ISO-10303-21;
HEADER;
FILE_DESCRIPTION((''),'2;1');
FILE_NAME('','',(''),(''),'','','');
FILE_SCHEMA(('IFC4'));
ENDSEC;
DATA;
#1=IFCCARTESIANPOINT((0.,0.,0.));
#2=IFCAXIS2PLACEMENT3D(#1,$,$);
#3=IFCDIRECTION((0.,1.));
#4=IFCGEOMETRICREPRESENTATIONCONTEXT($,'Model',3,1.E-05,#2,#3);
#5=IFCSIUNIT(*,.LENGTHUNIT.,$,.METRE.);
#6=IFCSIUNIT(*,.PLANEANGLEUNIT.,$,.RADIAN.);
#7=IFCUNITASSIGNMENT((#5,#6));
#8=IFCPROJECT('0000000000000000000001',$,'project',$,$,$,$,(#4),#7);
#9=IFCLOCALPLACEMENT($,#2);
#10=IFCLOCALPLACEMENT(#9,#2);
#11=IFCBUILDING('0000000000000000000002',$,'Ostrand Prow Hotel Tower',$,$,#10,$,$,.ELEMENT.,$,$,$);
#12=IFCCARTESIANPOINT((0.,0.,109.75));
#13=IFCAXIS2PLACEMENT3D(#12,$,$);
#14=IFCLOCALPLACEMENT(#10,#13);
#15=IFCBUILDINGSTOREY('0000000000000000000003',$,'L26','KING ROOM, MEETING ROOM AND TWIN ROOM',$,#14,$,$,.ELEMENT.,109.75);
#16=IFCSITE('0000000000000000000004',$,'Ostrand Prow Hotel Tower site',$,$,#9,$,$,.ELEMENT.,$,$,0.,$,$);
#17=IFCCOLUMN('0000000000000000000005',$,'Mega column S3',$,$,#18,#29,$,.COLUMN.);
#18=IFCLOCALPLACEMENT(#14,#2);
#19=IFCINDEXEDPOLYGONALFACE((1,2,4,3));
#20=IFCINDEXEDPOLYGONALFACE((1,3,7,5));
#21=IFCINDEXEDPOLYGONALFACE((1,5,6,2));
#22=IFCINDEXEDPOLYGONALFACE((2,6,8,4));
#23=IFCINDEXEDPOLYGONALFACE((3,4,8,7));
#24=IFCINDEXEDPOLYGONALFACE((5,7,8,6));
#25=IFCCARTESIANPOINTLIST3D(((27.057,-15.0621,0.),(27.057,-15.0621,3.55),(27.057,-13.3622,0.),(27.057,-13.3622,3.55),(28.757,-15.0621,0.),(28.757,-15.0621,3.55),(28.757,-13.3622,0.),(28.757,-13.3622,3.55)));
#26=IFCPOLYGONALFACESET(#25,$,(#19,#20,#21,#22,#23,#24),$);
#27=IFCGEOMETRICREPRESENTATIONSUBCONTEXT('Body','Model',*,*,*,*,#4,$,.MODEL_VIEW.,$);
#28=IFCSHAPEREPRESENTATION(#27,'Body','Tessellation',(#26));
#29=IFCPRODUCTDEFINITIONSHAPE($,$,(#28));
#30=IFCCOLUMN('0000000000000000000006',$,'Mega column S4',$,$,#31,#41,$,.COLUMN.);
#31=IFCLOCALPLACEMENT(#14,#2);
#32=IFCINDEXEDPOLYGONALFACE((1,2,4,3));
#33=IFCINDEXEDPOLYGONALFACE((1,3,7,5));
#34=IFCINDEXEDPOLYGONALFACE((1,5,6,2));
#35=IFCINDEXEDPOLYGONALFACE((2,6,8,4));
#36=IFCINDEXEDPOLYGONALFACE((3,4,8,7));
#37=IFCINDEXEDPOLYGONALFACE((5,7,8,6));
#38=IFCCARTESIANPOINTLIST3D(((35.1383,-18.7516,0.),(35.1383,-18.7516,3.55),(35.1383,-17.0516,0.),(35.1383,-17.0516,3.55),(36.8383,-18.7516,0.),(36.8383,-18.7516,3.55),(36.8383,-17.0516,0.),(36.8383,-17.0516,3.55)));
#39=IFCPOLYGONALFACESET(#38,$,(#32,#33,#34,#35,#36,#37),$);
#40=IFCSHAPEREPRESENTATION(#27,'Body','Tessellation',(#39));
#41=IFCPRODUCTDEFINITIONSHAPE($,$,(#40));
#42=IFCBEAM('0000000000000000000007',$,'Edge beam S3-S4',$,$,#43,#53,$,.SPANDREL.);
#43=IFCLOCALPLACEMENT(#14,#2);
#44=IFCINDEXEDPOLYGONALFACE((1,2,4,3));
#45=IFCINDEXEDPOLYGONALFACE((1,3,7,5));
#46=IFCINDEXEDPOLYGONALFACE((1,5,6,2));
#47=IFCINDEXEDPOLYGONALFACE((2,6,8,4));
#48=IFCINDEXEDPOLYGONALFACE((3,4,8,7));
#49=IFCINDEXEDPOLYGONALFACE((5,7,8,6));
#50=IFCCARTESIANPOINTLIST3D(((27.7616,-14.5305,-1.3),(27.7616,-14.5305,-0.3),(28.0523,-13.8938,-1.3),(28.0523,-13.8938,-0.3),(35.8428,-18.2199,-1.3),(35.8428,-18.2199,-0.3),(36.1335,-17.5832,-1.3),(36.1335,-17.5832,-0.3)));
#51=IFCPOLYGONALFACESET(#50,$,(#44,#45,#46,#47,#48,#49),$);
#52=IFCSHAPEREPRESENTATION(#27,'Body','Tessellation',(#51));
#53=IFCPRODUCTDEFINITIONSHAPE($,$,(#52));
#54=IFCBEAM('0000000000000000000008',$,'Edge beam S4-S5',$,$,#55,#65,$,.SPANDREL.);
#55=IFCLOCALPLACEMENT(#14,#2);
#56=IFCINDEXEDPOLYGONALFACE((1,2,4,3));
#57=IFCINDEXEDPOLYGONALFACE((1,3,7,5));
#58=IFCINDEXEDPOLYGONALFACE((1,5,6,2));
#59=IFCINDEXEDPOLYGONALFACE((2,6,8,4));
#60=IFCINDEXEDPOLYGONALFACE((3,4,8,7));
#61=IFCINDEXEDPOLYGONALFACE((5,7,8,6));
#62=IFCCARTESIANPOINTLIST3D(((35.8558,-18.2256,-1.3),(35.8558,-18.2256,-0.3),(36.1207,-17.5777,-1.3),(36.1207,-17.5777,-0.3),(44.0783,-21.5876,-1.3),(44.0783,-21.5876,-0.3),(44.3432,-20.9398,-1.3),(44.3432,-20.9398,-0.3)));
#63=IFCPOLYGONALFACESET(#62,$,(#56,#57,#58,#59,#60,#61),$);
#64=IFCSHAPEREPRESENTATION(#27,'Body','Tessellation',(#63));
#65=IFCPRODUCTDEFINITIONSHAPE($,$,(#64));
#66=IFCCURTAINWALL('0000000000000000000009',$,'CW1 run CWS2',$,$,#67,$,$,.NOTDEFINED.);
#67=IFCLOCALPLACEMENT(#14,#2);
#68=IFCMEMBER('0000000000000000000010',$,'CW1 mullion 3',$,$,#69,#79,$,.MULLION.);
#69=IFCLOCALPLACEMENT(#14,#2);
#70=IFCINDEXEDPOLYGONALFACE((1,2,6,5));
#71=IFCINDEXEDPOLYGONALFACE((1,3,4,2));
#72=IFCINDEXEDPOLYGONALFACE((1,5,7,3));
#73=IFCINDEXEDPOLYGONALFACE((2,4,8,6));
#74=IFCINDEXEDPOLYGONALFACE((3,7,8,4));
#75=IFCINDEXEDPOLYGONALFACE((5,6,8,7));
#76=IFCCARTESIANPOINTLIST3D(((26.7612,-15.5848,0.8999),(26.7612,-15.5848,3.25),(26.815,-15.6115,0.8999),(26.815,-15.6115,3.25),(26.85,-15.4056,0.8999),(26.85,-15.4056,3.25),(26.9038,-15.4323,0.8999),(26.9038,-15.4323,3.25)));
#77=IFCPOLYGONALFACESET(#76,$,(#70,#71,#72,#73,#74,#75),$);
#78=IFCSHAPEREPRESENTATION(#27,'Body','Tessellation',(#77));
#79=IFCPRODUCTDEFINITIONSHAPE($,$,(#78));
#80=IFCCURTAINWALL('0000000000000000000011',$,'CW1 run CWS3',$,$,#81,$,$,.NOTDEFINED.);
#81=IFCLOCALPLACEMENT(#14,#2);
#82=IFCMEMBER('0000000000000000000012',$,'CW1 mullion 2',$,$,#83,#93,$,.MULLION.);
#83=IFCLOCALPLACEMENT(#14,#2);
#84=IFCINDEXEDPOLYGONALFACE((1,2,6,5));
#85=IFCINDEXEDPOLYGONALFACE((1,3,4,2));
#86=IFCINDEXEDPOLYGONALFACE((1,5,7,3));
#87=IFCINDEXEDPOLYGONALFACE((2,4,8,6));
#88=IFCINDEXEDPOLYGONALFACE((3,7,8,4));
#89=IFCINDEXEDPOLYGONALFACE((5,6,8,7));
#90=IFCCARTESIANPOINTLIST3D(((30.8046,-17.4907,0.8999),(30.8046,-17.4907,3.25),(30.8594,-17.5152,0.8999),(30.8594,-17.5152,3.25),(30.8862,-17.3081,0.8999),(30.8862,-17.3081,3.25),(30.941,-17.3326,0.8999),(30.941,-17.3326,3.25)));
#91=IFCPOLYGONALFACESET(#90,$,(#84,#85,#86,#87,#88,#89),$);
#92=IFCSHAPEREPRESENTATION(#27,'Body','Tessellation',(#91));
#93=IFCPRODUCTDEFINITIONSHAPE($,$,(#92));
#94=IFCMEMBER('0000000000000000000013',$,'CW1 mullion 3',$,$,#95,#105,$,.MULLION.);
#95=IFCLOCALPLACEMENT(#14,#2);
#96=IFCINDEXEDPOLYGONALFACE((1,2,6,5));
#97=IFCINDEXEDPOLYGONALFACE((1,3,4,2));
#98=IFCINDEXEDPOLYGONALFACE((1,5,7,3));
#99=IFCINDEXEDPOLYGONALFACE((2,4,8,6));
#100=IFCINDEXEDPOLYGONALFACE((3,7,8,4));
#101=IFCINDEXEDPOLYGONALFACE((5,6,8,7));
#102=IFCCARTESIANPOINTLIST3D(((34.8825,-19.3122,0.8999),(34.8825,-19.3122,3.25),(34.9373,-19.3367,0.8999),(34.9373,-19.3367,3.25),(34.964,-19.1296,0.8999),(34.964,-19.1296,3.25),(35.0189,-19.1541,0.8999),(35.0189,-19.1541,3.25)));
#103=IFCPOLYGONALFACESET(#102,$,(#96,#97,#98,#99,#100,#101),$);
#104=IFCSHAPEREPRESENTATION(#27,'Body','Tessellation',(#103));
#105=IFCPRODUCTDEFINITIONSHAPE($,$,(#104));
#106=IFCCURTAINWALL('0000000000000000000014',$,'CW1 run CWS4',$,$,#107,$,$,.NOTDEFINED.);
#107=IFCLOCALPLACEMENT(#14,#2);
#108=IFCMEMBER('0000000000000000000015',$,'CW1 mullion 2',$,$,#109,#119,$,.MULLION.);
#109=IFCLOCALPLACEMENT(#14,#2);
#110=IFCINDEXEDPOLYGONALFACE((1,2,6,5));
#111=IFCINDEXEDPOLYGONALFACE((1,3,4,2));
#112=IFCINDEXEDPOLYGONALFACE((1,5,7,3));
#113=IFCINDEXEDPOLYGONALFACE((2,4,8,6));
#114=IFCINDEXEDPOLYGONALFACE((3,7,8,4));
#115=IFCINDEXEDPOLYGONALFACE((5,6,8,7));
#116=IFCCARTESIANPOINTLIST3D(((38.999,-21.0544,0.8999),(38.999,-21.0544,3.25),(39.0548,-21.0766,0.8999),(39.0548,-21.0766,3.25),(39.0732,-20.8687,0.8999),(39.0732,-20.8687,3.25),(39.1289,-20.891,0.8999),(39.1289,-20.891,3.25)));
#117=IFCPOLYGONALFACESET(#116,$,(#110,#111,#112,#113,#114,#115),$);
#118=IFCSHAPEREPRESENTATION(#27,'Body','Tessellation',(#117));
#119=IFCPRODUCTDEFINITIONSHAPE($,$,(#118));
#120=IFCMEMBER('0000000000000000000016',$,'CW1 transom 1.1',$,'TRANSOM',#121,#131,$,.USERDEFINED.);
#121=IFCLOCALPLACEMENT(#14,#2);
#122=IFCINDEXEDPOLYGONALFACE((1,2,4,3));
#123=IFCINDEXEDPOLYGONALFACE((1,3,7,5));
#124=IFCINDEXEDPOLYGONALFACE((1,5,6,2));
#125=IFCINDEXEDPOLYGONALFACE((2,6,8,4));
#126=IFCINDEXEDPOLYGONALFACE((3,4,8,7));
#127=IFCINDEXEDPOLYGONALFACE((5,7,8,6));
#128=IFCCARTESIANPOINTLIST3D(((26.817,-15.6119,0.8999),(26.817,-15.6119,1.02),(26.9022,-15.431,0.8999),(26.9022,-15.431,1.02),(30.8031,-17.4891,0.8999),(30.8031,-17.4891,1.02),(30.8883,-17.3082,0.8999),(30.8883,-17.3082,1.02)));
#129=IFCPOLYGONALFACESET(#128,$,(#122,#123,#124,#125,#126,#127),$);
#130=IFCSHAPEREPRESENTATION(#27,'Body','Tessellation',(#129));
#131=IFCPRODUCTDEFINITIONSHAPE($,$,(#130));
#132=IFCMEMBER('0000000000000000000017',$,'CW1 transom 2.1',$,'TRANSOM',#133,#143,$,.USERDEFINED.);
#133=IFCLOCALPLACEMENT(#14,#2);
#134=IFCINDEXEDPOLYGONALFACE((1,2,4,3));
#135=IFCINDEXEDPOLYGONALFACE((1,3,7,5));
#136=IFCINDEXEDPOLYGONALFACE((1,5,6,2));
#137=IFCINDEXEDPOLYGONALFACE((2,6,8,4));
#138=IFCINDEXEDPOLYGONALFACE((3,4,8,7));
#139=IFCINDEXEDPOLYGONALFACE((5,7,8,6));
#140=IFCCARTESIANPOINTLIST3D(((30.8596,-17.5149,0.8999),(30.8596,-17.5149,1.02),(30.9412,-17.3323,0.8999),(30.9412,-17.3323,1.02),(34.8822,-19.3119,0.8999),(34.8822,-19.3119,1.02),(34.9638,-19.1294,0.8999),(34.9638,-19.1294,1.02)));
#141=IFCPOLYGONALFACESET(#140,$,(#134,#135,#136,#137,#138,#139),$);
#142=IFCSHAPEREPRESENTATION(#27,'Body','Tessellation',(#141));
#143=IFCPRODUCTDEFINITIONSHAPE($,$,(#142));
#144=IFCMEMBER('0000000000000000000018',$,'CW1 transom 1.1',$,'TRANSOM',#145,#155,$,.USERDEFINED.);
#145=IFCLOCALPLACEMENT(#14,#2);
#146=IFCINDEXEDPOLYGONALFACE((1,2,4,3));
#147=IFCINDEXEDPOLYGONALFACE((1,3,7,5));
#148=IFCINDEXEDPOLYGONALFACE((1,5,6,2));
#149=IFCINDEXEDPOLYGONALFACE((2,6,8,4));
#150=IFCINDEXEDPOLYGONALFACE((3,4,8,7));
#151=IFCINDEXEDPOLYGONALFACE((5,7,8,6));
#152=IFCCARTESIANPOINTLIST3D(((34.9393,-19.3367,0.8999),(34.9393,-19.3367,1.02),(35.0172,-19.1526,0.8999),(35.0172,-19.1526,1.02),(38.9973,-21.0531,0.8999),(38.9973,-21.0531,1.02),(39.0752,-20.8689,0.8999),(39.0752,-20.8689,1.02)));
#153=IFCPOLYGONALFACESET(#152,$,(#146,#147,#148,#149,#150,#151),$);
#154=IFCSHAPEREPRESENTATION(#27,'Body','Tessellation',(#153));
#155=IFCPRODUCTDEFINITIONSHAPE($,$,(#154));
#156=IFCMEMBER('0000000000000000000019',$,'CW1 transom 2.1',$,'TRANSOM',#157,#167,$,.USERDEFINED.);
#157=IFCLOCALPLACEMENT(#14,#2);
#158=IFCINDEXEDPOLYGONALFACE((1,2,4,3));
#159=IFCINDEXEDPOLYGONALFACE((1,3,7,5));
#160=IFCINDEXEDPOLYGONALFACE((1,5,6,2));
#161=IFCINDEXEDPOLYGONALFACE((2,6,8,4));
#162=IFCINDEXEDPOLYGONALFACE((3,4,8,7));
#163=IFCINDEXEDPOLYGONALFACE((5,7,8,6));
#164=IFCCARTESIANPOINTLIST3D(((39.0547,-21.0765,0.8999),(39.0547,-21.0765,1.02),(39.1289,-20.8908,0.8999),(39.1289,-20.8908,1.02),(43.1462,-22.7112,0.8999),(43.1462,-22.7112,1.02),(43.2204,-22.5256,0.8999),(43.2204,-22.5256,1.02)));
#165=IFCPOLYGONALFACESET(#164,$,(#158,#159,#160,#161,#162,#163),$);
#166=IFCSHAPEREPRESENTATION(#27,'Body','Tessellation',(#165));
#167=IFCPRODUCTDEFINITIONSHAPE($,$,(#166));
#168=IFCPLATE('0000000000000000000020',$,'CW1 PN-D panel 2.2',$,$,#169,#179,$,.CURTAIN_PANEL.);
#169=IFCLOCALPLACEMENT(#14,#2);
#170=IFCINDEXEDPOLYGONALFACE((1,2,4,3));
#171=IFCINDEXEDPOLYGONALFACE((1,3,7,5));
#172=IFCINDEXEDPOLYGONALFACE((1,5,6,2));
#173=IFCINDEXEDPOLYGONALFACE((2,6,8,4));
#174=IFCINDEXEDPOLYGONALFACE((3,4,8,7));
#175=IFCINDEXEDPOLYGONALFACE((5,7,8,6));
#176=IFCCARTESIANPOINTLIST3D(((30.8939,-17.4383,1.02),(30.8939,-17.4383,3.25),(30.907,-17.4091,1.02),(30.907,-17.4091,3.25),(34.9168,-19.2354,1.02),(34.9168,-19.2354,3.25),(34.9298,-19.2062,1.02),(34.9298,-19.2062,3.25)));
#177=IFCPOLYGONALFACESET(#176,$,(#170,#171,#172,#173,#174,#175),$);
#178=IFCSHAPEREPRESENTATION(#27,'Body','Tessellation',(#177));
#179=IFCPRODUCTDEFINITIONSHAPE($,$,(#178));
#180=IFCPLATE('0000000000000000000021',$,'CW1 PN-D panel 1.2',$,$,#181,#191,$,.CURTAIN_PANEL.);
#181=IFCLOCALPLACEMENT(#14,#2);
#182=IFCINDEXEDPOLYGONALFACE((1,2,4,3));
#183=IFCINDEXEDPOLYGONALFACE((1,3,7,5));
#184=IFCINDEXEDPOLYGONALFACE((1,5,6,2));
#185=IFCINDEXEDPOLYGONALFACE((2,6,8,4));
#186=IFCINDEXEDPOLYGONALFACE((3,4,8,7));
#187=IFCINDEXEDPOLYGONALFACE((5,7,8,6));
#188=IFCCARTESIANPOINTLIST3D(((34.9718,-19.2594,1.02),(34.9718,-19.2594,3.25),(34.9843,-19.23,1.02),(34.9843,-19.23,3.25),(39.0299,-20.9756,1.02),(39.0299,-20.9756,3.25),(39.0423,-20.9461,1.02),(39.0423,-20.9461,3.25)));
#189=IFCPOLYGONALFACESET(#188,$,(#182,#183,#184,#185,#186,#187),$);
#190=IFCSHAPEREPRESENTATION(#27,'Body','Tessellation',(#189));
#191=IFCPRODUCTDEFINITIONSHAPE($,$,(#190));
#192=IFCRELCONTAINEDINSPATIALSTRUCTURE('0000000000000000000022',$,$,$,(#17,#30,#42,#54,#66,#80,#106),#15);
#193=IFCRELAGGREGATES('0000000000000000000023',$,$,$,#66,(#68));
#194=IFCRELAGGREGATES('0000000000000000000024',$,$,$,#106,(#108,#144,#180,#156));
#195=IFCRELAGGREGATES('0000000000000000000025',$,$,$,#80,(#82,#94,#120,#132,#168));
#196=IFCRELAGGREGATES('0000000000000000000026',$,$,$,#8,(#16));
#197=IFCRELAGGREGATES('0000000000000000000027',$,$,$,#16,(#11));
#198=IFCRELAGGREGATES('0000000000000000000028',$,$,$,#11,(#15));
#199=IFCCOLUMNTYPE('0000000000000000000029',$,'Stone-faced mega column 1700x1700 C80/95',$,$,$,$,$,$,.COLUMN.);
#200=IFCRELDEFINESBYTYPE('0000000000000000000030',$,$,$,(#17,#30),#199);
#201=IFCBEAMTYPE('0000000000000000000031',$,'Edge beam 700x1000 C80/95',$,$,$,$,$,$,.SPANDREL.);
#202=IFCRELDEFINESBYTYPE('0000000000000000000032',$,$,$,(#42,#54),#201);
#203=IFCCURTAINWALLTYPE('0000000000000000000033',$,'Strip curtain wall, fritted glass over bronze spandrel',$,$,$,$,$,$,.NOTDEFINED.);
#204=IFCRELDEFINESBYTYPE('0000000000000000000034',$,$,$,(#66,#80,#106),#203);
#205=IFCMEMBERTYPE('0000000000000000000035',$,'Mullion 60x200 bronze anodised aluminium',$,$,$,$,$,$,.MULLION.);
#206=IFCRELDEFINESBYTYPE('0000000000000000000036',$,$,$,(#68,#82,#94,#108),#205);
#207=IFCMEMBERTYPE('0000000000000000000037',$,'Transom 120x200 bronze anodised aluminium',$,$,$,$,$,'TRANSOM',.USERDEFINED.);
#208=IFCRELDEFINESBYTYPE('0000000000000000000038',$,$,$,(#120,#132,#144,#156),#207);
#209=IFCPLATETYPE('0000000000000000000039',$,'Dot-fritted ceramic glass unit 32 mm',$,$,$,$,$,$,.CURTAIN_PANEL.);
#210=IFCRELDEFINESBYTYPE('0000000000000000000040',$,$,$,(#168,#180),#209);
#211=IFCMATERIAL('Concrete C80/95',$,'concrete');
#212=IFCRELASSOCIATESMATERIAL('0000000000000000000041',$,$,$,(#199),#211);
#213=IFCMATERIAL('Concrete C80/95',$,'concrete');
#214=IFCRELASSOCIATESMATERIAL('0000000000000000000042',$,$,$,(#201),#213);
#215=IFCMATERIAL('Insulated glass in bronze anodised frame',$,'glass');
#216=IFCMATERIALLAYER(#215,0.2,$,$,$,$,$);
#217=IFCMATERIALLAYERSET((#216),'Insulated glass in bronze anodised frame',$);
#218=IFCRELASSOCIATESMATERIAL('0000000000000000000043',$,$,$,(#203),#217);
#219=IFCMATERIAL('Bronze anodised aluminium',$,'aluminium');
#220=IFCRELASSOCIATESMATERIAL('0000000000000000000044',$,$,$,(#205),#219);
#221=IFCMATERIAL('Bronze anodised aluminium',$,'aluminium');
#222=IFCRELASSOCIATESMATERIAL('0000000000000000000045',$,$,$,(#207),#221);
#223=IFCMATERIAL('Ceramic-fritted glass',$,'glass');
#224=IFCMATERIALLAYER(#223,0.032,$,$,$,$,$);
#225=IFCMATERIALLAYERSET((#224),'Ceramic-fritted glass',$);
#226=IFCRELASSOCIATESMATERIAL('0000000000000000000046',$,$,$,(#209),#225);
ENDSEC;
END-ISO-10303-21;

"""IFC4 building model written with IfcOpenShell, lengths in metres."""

from ifc_helpers import new_model, si_unit, direction, frame, origin, origin_2d, place, context, subcontext, project, spatial, rectangle, extrude, material, layer, layer_set, material_profile, profile_set, type_object, element, aggregate, save


model = new_model("IFC4")

# Units and contexts
model_context = context("Model", 3, precision=1e-05, world=origin(), true_north=direction((0.0, 1.0)))
body_context = subcontext(model_context, "Body", "Model", "MODEL_VIEW")
ifc_project = project(units=[si_unit("LENGTHUNIT", "METRE"), si_unit("PLANEANGLEUNIT", "RADIAN")], contexts=[model_context])

# Site, building, storey
site_placement = place(None, origin())
site = spatial("IfcSite", under=ifc_project, at=site_placement, Name="Ostrand Prow Hotel Tower site", CompositionType="ELEMENT", RefElevation=0.0)
building_placement = place(site_placement, origin())
building = spatial("IfcBuilding", under=site, at=building_placement, Name="Ostrand Prow Hotel Tower", CompositionType="ELEMENT")
storey_placement = place(building_placement, frame((0.0, 0.0, 109.75)))
storey = spatial("IfcBuildingStorey", under=building, at=storey_placement, Name="L26", Description="KING ROOM, MEETING ROOM AND TWIN ROOM", CompositionType="ELEMENT", Elevation=109.75)

# Columns
ifc_material_1 = material(Name="Concrete C80/95", Category="concrete")
ifc_material_profile_1 = material_profile(ifc_material_1, rectangle(XDim=1.7, YDim=1.7, at=origin_2d()), Name="RC 1700x1700")
ifc_profile_set_1 = profile_set([ifc_material_profile_1], Name="Concrete C80/95")
column_type = type_object("IfcColumnType", Name="Stone-faced mega column 1700x1700 C80/95", PredefinedType="COLUMN", material=ifc_profile_set_1)
for number, where, z_axis, x_axis, name in (
    (1, (27.907, -14.2122, 0.0), (0.0, 0.0, 1.0), (1.0, 0.0, 0.0), "Mega column S3"),
    (2, (35.9883, -17.9016, 0.0), (0.0, 0.0, 1.0), (1.0, 0.0, 0.0), "Mega column S4"),
):
    element("IfcColumn", number, at=place(storey_placement, frame(where, z_axis=z_axis, x_axis=x_axis)), inside=storey, type_object=column_type, Name=name, PredefinedType="COLUMN", context=body_context, shape_type="SweptSolid", body=[
        extrude(rectangle(XDim=1.7, YDim=1.7, at=origin_2d()), origin(), (0.0, 0.0, 1.0), 3.55),
    ])

# Beams
ifc_material_2 = material(Name="Concrete C80/95", Category="concrete")
ifc_material_profile_2 = material_profile(ifc_material_2, rectangle(XDim=0.7, YDim=1.0, at=origin_2d()), Name="RC 700x1000")
ifc_profile_set_2 = profile_set([ifc_material_profile_2], Name="Concrete C80/95")
beam_type = type_object("IfcBeamType", Name="Edge beam 700x1000 C80/95", PredefinedType="SPANDREL", material=ifc_profile_set_2)
beam_1_placement = place(storey_placement, frame((27.907, -14.2122, -0.8), z_axis=(0.909681, -0.415308, 0.0), x_axis=(0.415308, 0.909681, 0.0)))
element("IfcBeam", 3, at=beam_1_placement, inside=storey, type_object=beam_type, Name="Edge beam S3-S4", PredefinedType="SPANDREL", context=body_context, shape_type="SweptSolid", body=[
    extrude(rectangle(XDim=0.7, YDim=1.0, at=origin_2d()), origin(), (0.0, 0.0, 1.0), 8.8835),
])
beam_2_placement = place(storey_placement, frame((35.9883, -17.9016, -0.8), z_axis=(0.925612, -0.378473, 0.0), x_axis=(0.378473, 0.925612, 0.0)))
element("IfcBeam", 4, at=beam_2_placement, inside=storey, type_object=beam_type, Name="Edge beam S4-S5", PredefinedType="SPANDREL", context=body_context, shape_type="SweptSolid", body=[
    extrude(rectangle(XDim=0.7, YDim=1.0, at=origin_2d()), origin(), (0.0, 0.0, 1.0), 8.8833),
])

# Curtain wall, member
ifc_material_3 = material(Name="Insulated glass in bronze anodised frame", Category="glass")
ifc_layer_1 = layer(ifc_material_3, 0.2)
ifc_layer_set_1 = layer_set([ifc_layer_1], Name="Insulated glass in bronze anodised frame")
curtain_wall_type = type_object("IfcCurtainWallType", Name="Strip curtain wall, fritted glass over bronze spandrel", PredefinedType="NOTDEFINED", material=ifc_layer_set_1)
curtain_wall_1_placement = place(storey_placement, origin())
curtain_wall_1 = element("IfcCurtainWall", 5, at=curtain_wall_1_placement, inside=storey, type_object=curtain_wall_type, Name="CW1 run CWS2", PredefinedType="NOTDEFINED")
ifc_material_4 = material(Name="Bronze anodised aluminium", Category="aluminium")
ifc_material_profile_3 = material_profile(ifc_material_4, rectangle(XDim=0.2, YDim=0.0601, at=origin_2d()), Name="Mullion 60x200 bronze anodised aluminium")
ifc_profile_set_3 = profile_set([ifc_material_profile_3], Name="Bronze anodised aluminium")
member_type_1 = type_object("IfcMemberType", Name="Mullion 60x200 bronze anodised aluminium", PredefinedType="MULLION", material=ifc_profile_set_3)
member_1_placement = place(storey_placement, frame((26.8325, -15.5085, 0.8999), z_axis=(0.0, 0.0, 1.0), x_axis=(0.444113, 0.895971, 0.0)))
member_1 = element("IfcMember", 6, at=member_1_placement, type_object=member_type_1, Name="CW1 mullion 3", PredefinedType="MULLION", context=body_context, shape_type="SweptSolid", body=[
    extrude(rectangle(XDim=0.2, YDim=0.0601, at=origin_2d()), origin(), (0.0, 0.0, 1.0), 2.3501),
])
aggregate(curtain_wall_1, [member_1])

# Curtain wall, members
curtain_wall_2_placement = place(storey_placement, origin())
curtain_wall_2 = element("IfcCurtainWall", 7, at=curtain_wall_2_placement, inside=storey, type_object=curtain_wall_type, Name="CW1 run CWS3", PredefinedType="NOTDEFINED")
member_2_placement = place(storey_placement, frame((30.8728, -17.4116, 0.8999), z_axis=(0.0, 0.0, 1.0), x_axis=(0.407875, 0.913038, 0.0)))
member_2 = element("IfcMember", 8, at=member_2_placement, type_object=member_type_1, Name="CW1 mullion 2", PredefinedType="MULLION", context=body_context, shape_type="SweptSolid", body=[
    extrude(rectangle(XDim=0.2, YDim=0.0601, at=origin_2d()), origin(), (0.0, 0.0, 1.0), 2.3501),
])
member_3_placement = place(storey_placement, frame((34.9507, -19.2332, 0.8999), z_axis=(0.0, 0.0, 1.0), x_axis=(0.407875, 0.913038, 0.0)))
member_3 = element("IfcMember", 9, at=member_3_placement, type_object=member_type_1, Name="CW1 mullion 3", PredefinedType="MULLION", context=body_context, shape_type="SweptSolid", body=[
    extrude(rectangle(XDim=0.2, YDim=0.0601, at=origin_2d()), origin(), (0.0, 0.0, 1.0), 2.3501),
])

# Curtain wall, member
curtain_wall_3_placement = place(storey_placement, origin())
curtain_wall_3 = element("IfcCurtainWall", 10, at=curtain_wall_3_placement, inside=storey, type_object=curtain_wall_type, Name="CW1 run CWS4", PredefinedType="NOTDEFINED")
member_4_placement = place(storey_placement, frame((39.064, -20.9727, 0.8999), z_axis=(0.0, 0.0, 1.0), x_axis=(0.370982, 0.92864, 0.0)))
member_4 = element("IfcMember", 11, at=member_4_placement, type_object=member_type_1, Name="CW1 mullion 2", PredefinedType="MULLION", context=body_context, shape_type="SweptSolid", body=[
    extrude(rectangle(XDim=0.2, YDim=0.0601, at=origin_2d()), origin(), (0.0, 0.0, 1.0), 2.3501),
])

# Members
ifc_material_5 = material(Name="Bronze anodised aluminium", Category="aluminium")
ifc_material_profile_4 = material_profile(ifc_material_5, rectangle(XDim=0.2, YDim=0.1201, at=origin_2d()), Name="Transom 120x200 bronze anodised aluminium")
ifc_profile_set_4 = profile_set([ifc_material_profile_4], Name="Bronze anodised aluminium")
member_type_2 = type_object("IfcMemberType", Name="Transom 120x200 bronze anodised aluminium", ElementType="TRANSOM", PredefinedType="USERDEFINED", material=ifc_profile_set_4)
member_5_placement = place(storey_placement, frame((26.8596, -15.5215, 0.96), z_axis=(0.904697, -0.426056, 0.0), x_axis=(0.426056, 0.904697, 0.0)))
member_5 = element("IfcMember", 12, at=member_5_placement, type_object=member_type_2, Name="CW1 transom 1.1", ObjectType="TRANSOM", PredefinedType="USERDEFINED", context=body_context, shape_type="SweptSolid", body=[
    extrude(rectangle(XDim=0.2, YDim=0.1201, at=origin_2d()), origin(), (0.0, 0.0, 1.0), 4.406),
])
member_6_placement = place(storey_placement, frame((30.9004, -17.4236, 0.96), z_axis=(0.913031, -0.407891, 0.0), x_axis=(0.407891, 0.913031, 0.0)))
member_6 = element("IfcMember", 13, at=member_6_placement, type_object=member_type_2, Name="CW1 transom 2.1", ObjectType="TRANSOM", PredefinedType="USERDEFINED", context=body_context, shape_type="SweptSolid", body=[
    extrude(rectangle(XDim=0.2, YDim=0.1201, at=origin_2d()), origin(), (0.0, 0.0, 1.0), 4.4058),
])
member_7_placement = place(storey_placement, frame((34.9783, -19.2446, 0.96), z_axis=(0.921006, -0.389548, 0.0), x_axis=(0.389548, 0.921006, 0.0)))
member_7 = element("IfcMember", 14, at=member_7_placement, type_object=member_type_2, Name="CW1 transom 1.1", ObjectType="TRANSOM", PredefinedType="USERDEFINED", context=body_context, shape_type="SweptSolid", body=[
    extrude(rectangle(XDim=0.2, YDim=0.1201, at=origin_2d()), origin(), (0.0, 0.0, 1.0), 4.406),
])
member_8_placement = place(storey_placement, frame((39.0918, -20.9836, 0.96), z_axis=(0.928622, -0.371028, 0.0), x_axis=(0.371028, 0.928622, 0.0)))
member_8 = element("IfcMember", 15, at=member_8_placement, type_object=member_type_2, Name="CW1 transom 2.1", ObjectType="TRANSOM", PredefinedType="USERDEFINED", context=body_context, shape_type="SweptSolid", body=[
    extrude(rectangle(XDim=0.2, YDim=0.1201, at=origin_2d()), origin(), (0.0, 0.0, 1.0), 4.406),
])

# Plates
ifc_material_6 = material(Name="Ceramic-fritted glass", Category="glass")
ifc_layer_2 = layer(ifc_material_6, 0.032)
ifc_layer_set_2 = layer_set([ifc_layer_2], Name="Ceramic-fritted glass")
plate_type_1 = type_object("IfcPlateType", Name="Dot-fritted ceramic glass unit 32 mm", PredefinedType="CURTAIN_PANEL", material=ifc_layer_set_2)
plate_1_placement = place(storey_placement, frame((32.9119, -18.3223, 1.02), z_axis=(0.0, 0.0, 1.0), x_axis=(0.913038, -0.407875, 0.0)))
plate_1 = element("IfcPlate", 16, at=plate_1_placement, type_object=plate_type_1, Name="CW1 PN-D panel 2.2", PredefinedType="CURTAIN_PANEL", context=body_context, shape_type="SweptSolid", body=[
    extrude(rectangle(XDim=4.406, YDim=0.032, at=origin_2d()), origin(), (0.0, 0.0, 1.0), 2.23),
])
plate_2_placement = place(storey_placement, frame((37.0071, -20.1028, 1.02), z_axis=(0.0, 0.0, 1.0), x_axis=(0.921024, -0.389507, 0.0)))
plate_2 = element("IfcPlate", 17, at=plate_2_placement, type_object=plate_type_1, Name="CW1 PN-D panel 1.2", PredefinedType="CURTAIN_PANEL", context=body_context, shape_type="SweptSolid", body=[
    extrude(rectangle(XDim=4.406, YDim=0.032, at=origin_2d()), origin(), (0.0, 0.0, 1.0), 2.23),
])
aggregate(curtain_wall_3, [member_4, member_7, plate_2, member_8])
aggregate(curtain_wall_2, [member_2, member_3, member_5, member_6, plate_1])

save(model, "model.ifc")
